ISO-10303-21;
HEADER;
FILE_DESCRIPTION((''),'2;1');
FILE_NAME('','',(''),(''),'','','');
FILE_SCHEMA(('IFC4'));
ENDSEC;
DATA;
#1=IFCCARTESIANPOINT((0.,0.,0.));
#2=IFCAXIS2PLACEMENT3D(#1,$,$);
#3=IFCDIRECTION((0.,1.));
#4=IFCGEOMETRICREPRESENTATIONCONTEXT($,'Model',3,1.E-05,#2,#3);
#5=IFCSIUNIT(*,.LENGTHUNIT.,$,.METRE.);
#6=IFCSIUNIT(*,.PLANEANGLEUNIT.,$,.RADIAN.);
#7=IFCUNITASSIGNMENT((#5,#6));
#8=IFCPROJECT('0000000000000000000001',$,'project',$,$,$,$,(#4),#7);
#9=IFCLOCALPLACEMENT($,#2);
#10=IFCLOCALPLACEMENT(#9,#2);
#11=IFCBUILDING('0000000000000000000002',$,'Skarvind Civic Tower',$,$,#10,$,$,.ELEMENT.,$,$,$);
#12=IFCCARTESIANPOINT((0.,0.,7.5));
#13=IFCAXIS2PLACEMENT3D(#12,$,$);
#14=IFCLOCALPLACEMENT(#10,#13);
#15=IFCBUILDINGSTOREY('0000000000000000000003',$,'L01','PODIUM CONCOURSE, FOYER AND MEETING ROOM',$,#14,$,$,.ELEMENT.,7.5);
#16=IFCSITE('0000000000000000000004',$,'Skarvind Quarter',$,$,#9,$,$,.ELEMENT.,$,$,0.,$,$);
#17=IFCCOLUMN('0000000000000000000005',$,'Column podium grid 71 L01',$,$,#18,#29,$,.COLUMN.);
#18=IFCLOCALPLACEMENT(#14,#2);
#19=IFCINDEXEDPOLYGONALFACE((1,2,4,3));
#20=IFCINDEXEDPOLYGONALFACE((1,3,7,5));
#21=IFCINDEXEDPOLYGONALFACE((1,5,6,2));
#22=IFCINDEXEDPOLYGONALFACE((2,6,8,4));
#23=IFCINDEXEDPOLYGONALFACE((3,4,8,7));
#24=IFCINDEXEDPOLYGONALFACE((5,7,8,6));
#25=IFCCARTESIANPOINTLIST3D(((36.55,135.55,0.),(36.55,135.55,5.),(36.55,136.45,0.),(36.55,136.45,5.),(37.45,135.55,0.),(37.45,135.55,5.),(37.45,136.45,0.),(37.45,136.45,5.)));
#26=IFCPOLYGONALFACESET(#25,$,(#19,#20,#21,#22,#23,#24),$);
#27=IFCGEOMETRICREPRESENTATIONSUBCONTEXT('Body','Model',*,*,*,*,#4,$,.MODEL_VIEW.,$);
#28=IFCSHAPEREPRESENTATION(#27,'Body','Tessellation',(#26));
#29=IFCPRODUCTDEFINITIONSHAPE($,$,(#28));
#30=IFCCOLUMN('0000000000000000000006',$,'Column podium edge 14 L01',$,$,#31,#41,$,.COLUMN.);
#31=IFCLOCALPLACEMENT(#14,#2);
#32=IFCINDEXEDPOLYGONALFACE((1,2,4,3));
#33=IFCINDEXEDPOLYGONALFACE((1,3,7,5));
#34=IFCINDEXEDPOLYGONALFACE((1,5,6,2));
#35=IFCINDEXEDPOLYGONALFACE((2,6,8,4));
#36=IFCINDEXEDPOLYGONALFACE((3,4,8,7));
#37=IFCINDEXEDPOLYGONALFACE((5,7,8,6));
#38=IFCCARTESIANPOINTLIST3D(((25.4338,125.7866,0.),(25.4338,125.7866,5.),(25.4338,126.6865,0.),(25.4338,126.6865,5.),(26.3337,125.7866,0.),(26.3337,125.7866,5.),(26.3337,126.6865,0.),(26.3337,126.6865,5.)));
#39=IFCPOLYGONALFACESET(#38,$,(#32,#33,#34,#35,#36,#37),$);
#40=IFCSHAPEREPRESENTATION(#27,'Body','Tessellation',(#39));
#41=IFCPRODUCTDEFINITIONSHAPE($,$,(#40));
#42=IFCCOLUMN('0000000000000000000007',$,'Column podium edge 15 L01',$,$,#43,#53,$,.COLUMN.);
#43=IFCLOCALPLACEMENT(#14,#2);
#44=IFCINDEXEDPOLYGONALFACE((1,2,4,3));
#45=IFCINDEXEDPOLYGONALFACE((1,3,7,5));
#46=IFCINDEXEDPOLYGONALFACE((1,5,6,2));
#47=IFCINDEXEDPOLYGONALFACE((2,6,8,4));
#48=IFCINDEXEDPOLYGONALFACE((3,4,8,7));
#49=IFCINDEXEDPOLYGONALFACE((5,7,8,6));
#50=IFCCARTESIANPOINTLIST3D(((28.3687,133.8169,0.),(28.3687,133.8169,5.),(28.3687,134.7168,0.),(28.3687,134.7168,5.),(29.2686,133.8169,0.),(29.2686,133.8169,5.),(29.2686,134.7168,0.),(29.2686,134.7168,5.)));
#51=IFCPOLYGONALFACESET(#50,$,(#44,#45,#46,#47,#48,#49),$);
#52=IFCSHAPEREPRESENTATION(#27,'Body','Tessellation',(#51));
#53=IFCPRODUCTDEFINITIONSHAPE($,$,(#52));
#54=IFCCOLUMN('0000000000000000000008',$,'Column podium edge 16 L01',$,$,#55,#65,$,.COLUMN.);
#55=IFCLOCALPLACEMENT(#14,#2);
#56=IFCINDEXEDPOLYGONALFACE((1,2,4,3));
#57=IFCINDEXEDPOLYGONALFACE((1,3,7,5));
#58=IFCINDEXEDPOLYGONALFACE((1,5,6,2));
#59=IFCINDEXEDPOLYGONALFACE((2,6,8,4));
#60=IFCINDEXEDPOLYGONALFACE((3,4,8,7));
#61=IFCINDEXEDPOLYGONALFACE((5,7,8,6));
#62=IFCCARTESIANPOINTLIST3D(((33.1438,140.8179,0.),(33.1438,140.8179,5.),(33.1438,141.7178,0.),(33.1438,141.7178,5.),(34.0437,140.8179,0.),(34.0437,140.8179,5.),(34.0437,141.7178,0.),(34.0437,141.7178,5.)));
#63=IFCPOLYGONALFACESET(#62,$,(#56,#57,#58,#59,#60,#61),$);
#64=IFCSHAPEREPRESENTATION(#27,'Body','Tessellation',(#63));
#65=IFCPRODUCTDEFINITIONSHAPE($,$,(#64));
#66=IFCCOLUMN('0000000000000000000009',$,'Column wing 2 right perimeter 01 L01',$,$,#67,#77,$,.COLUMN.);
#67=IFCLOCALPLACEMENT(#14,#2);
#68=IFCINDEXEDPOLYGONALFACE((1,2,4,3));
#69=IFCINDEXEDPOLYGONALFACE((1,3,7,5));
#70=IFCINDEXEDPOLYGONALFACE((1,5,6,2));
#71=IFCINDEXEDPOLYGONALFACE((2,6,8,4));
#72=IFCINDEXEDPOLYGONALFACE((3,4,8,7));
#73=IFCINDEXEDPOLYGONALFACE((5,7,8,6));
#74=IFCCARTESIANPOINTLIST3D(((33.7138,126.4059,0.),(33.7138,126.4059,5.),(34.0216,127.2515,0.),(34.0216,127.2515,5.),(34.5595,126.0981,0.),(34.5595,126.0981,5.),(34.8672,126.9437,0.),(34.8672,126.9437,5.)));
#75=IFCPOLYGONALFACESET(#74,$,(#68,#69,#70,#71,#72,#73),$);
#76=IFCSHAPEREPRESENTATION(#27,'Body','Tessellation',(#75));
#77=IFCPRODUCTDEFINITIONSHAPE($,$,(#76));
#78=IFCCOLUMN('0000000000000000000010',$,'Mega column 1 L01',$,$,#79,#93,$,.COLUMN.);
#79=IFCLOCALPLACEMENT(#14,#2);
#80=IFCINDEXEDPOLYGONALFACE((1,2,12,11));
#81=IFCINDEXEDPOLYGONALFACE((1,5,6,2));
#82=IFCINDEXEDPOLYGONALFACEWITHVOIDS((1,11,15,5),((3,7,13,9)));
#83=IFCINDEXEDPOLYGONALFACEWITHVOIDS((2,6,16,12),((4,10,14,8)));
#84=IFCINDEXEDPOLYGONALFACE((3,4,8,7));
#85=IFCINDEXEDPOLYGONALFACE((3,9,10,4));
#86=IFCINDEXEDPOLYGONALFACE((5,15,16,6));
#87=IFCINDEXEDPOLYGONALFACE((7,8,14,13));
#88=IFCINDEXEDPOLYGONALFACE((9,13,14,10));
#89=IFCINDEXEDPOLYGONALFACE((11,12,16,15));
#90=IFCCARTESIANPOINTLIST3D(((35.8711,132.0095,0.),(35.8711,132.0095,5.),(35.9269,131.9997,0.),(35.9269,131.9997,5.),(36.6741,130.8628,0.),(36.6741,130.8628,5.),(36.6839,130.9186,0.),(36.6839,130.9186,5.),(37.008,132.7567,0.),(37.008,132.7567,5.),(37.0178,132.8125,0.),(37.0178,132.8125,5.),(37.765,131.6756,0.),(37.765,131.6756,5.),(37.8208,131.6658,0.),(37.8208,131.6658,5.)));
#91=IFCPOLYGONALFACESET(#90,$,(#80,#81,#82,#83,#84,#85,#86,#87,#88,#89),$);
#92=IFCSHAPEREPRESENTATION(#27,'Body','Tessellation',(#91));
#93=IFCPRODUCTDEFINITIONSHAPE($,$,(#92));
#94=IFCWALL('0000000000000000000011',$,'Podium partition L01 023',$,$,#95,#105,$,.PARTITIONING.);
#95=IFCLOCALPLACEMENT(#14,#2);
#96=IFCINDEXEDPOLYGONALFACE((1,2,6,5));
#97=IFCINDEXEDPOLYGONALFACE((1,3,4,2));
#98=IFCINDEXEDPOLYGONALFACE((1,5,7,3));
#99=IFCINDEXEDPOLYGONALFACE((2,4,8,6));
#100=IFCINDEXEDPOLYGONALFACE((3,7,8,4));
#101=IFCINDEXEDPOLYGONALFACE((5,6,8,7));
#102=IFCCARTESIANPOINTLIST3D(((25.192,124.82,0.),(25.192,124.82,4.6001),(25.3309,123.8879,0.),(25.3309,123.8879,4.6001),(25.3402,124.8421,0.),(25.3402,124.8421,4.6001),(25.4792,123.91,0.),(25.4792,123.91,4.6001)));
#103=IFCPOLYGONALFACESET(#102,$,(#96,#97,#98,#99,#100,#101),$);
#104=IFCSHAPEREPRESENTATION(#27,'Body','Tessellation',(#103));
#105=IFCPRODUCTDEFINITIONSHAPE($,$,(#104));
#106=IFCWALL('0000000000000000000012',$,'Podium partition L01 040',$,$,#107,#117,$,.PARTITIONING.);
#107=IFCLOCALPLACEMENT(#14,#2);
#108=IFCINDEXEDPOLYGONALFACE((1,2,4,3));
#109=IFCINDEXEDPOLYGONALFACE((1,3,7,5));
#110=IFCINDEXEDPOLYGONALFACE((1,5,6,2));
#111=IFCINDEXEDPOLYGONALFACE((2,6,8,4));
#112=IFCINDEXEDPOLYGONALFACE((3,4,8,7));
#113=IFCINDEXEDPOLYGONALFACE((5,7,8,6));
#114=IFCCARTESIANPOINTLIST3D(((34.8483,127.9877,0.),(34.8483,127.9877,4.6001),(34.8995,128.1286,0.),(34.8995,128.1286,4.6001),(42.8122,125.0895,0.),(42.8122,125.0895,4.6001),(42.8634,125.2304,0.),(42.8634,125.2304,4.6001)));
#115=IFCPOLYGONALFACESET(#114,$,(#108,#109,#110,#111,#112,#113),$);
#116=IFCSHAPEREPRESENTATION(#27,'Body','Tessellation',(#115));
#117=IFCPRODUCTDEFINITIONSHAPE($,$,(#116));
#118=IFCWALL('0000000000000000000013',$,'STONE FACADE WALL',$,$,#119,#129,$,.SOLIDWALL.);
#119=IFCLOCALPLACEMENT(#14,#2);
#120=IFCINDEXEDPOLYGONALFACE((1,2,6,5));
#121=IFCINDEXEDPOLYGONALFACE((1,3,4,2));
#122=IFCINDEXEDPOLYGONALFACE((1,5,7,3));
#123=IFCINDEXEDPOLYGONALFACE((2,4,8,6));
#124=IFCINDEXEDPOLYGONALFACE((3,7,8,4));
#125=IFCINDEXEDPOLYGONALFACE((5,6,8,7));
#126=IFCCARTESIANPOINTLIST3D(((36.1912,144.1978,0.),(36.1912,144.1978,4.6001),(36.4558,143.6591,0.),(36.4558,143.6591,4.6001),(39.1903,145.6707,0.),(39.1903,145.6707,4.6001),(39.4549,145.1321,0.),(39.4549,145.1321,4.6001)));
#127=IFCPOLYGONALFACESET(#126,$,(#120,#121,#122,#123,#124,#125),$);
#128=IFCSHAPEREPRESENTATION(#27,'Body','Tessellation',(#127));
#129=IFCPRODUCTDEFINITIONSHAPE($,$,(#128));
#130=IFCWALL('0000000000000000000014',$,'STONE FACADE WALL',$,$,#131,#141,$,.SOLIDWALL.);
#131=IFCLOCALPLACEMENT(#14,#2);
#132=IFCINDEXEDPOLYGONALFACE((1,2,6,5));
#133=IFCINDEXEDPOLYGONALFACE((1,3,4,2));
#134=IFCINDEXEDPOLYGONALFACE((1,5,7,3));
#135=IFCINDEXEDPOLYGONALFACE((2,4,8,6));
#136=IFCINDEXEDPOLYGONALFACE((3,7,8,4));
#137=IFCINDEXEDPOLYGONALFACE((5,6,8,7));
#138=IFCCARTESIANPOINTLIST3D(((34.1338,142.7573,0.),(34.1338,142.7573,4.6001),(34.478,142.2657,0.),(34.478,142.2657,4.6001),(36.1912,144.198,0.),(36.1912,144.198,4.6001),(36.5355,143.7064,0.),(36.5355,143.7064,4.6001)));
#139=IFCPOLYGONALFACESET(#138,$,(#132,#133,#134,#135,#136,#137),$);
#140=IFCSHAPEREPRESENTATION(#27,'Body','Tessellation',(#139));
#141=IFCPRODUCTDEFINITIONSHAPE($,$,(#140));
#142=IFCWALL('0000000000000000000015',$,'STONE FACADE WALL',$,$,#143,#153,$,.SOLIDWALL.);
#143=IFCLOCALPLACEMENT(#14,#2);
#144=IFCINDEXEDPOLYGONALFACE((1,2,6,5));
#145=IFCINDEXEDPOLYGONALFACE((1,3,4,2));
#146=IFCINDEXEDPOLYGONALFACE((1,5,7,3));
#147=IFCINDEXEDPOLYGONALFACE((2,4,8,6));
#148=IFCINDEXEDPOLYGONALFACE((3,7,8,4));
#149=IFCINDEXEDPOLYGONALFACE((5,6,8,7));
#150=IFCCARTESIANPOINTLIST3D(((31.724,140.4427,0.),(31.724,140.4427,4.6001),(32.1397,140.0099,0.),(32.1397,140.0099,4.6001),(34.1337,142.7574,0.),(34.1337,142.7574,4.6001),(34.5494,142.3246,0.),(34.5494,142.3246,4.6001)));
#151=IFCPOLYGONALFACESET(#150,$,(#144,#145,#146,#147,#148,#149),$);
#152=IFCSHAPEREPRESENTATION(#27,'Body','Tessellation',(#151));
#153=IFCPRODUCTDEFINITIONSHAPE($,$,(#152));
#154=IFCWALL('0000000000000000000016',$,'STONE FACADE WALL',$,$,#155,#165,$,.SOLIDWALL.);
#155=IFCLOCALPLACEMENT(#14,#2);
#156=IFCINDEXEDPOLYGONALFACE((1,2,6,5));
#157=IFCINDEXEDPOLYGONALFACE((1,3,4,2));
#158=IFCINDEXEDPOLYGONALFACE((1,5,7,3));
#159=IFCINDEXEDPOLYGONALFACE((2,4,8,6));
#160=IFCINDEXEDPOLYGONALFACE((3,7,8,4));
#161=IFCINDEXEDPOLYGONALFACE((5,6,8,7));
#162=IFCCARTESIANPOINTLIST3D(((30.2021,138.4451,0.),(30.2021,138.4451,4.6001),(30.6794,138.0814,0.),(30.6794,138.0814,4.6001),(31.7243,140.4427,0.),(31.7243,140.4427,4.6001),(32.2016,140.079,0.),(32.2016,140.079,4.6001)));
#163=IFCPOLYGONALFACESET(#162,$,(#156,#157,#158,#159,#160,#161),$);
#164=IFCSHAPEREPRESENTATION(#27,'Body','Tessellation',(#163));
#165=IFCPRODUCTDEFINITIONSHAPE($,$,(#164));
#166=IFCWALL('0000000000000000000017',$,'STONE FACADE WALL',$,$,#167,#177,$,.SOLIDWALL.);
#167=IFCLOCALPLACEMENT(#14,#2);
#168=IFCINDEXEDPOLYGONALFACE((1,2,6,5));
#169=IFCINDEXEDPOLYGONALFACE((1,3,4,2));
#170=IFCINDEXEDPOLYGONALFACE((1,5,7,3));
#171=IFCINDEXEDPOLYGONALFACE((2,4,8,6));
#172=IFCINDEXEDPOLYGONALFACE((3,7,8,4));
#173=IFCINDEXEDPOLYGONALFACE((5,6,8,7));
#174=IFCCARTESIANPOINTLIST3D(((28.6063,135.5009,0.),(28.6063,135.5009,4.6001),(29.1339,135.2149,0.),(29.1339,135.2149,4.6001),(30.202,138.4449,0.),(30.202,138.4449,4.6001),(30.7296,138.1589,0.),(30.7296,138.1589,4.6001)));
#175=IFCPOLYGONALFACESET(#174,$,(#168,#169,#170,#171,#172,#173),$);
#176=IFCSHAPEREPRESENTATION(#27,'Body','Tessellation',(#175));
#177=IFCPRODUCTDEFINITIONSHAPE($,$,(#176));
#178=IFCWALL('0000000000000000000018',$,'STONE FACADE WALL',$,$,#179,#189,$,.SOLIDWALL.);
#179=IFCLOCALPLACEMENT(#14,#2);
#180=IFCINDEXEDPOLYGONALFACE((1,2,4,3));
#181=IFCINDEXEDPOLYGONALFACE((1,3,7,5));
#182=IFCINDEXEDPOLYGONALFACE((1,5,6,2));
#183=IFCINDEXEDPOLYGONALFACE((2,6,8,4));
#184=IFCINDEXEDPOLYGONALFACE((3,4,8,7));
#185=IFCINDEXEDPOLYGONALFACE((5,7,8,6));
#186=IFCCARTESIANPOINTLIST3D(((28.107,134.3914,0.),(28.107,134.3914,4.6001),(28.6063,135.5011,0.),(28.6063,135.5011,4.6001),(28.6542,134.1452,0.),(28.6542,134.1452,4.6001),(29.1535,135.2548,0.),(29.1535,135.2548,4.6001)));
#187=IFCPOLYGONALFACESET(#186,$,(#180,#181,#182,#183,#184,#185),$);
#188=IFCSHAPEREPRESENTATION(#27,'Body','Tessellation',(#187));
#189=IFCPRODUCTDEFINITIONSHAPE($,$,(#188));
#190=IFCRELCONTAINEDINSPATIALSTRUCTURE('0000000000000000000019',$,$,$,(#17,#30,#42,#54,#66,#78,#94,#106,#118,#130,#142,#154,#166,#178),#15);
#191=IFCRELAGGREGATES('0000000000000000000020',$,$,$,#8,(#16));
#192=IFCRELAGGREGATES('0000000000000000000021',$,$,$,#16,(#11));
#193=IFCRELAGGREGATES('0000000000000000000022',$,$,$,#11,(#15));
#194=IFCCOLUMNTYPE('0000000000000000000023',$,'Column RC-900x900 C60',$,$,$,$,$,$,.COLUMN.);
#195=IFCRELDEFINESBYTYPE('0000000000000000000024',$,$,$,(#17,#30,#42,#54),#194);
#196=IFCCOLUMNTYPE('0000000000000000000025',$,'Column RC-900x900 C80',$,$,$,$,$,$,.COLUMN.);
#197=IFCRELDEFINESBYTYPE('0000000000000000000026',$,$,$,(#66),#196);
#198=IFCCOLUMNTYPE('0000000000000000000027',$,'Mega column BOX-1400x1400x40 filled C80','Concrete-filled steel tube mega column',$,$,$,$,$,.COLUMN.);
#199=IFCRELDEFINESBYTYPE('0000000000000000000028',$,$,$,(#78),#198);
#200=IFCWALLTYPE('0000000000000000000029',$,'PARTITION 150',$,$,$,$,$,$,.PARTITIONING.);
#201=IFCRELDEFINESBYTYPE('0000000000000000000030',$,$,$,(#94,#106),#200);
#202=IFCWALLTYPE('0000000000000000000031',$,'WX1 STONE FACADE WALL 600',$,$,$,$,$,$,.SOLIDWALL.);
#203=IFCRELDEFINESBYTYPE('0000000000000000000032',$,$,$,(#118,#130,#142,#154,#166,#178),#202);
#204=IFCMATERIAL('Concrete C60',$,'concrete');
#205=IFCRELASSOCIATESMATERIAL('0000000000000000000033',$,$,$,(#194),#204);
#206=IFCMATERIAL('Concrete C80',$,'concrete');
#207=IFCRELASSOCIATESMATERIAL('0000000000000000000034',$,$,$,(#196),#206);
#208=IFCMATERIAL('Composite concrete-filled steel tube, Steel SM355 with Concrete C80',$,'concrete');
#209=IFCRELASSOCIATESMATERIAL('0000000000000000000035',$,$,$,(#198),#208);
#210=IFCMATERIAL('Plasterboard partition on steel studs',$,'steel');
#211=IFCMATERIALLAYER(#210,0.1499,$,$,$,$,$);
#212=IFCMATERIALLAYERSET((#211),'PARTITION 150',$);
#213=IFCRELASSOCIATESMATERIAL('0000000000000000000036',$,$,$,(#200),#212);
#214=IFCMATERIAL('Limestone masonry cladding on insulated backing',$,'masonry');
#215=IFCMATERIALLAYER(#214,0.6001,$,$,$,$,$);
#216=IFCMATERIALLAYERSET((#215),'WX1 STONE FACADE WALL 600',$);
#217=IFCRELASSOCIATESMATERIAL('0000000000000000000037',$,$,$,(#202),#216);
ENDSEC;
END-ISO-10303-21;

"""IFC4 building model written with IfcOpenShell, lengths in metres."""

from ifc_helpers import new_model, si_unit, direction, frame, frame_2d, origin, origin_2d, place, context, subcontext, project, spatial, rectangle, hollow_rectangle, extrude, material, layer, layer_set, material_profile, profile_set, type_object, element, save


model = new_model("IFC4")

# Units and contexts
model_context = context("Model", 3, precision=1e-05, world=origin(), true_north=direction((0.0, 1.0)))
body_context = subcontext(model_context, "Body", "Model", "MODEL_VIEW")
ifc_project = project(units=[si_unit("LENGTHUNIT", "METRE"), si_unit("PLANEANGLEUNIT", "RADIAN")], contexts=[model_context])

# Site, building, storey
site_placement = place(None, origin())
site = spatial("IfcSite", under=ifc_project, at=site_placement, Name="Skarvind Quarter", CompositionType="ELEMENT", RefElevation=0.0)
building_placement = place(site_placement, origin())
building = spatial("IfcBuilding", under=site, at=building_placement, Name="Skarvind Civic Tower", CompositionType="ELEMENT")
storey_placement = place(building_placement, frame((0.0, 0.0, 7.5)))
storey = spatial("IfcBuildingStorey", under=building, at=storey_placement, Name="L01", Description="PODIUM CONCOURSE, FOYER AND MEETING ROOM", CompositionType="ELEMENT", Elevation=7.5)

# Columns
ifc_material_1 = material(Name="Concrete C60", Category="concrete")
ifc_material_profile_1 = material_profile(ifc_material_1, rectangle(XDim=0.8999, YDim=0.8999, at=origin_2d()), Name="RC-900x900")
ifc_profile_set_1 = profile_set([ifc_material_profile_1], Name="Concrete C60")
column_type_1 = type_object("IfcColumnType", Name="Column RC-900x900 C60", PredefinedType="COLUMN", material=ifc_profile_set_1)
for number, where, z_axis, x_axis, name in (
    (1, (37.0, 136.0, 0.0), (0.0, 0.0, 1.0), (1.0, 0.0, 0.0), "Column podium grid 71 L01"),
    (2, (25.8838, 126.2366, 0.0), (0.0, 0.0, 1.0), (1.0, 0.0, 0.0), "Column podium edge 14 L01"),
    (3, (28.8186, 134.2668, 0.0), (0.0, 0.0, 1.0), (1.0, 0.0, 0.0), "Column podium edge 15 L01"),
    (4, (33.5938, 141.2678, 0.0), (0.0, 0.0, 1.0), (1.0, 0.0, 0.0), "Column podium edge 16 L01"),
):
    element("IfcColumn", number, at=place(storey_placement, frame(where, z_axis=z_axis, x_axis=x_axis)), inside=storey, type_object=column_type_1, Name=name, PredefinedType="COLUMN", context=body_context, shape_type="SweptSolid", body=[
        extrude(rectangle(XDim=0.8999, YDim=0.8999, at=origin_2d()), origin(), (0.0, 0.0, 1.0), 5.0),
    ])
ifc_material_2 = material(Name="Concrete C80", Category="concrete")
ifc_material_profile_2 = material_profile(ifc_material_2, rectangle(XDim=0.8999, YDim=0.8999, at=origin_2d()), Name="RC-900x900")
ifc_profile_set_2 = profile_set([ifc_material_profile_2], Name="Concrete C80")
column_type_2 = type_object("IfcColumnType", Name="Column RC-900x900 C80", PredefinedType="COLUMN", material=ifc_profile_set_2)
column_1_placement = place(storey_placement, frame((34.2905, 126.6748, 0.0), z_axis=(0.0, 0.0, 1.0), x_axis=(-0.34202, -0.939693, 0.0)))
element("IfcColumn", 5, at=column_1_placement, inside=storey, type_object=column_type_2, Name="Column wing 2 right perimeter 01 L01", PredefinedType="COLUMN", context=body_context, shape_type="SweptSolid", body=[
    extrude(rectangle(XDim=0.8999, YDim=0.8999, at=origin_2d()), origin(), (0.0, 0.0, 1.0), 5.0),
])
ifc_material_3 = material(Name="Composite concrete-filled steel tube, Steel SM355 with Concrete C80", Category="concrete")
ifc_material_profile_3 = material_profile(ifc_material_3, hollow_rectangle(XDim=1.3999, YDim=1.3999, WallThickness=0.04, at=origin_2d()), Name="BOX-1400x1400x40")
ifc_profile_set_3 = profile_set([ifc_material_profile_3], Name="Composite concrete-filled steel tube, Steel SM355 with Concrete C80")
column_type_3 = type_object("IfcColumnType", Name="Mega column BOX-1400x1400x40 filled C80", Description="Concrete-filled steel tube mega column", PredefinedType="COLUMN", material=ifc_profile_set_3)
column_2_placement = place(storey_placement, frame((36.8459, 131.8376, 0.0), z_axis=(0.0, 0.0, 1.0), x_axis=(0.573576, -0.819152, 0.0)))
element("IfcColumn", 6, at=column_2_placement, inside=storey, type_object=column_type_3, Name="Mega column 1 L01", PredefinedType="COLUMN", context=body_context, shape_type="SweptSolid", body=[
    extrude(hollow_rectangle(XDim=1.3999, YDim=1.3999, WallThickness=0.04, at=origin_2d()), origin(), (0.0, 0.0, 1.0), 5.0),
])

# Walls
ifc_material_4 = material(Name="Plasterboard partition on steel studs", Category="steel")
ifc_layer_1 = layer(ifc_material_4, 0.1499)
ifc_layer_set_1 = layer_set([ifc_layer_1], Name="PARTITION 150")
wall_type_1 = type_object("IfcWallType", Name="PARTITION 150", PredefinedType="PARTITIONING", material=ifc_layer_set_1)
wall_1_placement = place(storey_placement, frame((25.2661, 124.8311, 0.0), z_axis=(0.0, 0.0, 1.0), x_axis=(0.147403, -0.989077, 0.0)))
element("IfcWall", 7, at=wall_1_placement, inside=storey, type_object=wall_type_1, Name="Podium partition L01 023", PredefinedType="PARTITIONING", context=body_context, shape_type="SweptSolid", body=[
    extrude(rectangle(XDim=0.9424, YDim=0.1499, at=frame_2d((0.4712, 0.0))), origin(), (0.0, 0.0, 1.0), 4.6001),
])
wall_2_placement = place(storey_placement, frame((34.874, 128.0581, 0.0), z_axis=(0.0, 0.0, 1.0), x_axis=(0.939708, -0.341977, 0.0)))
element("IfcWall", 8, at=wall_2_placement, inside=storey, type_object=wall_type_1, Name="Podium partition L01 040", PredefinedType="PARTITIONING", context=body_context, shape_type="SweptSolid", body=[
    extrude(rectangle(XDim=8.4749, YDim=0.1499, at=frame_2d((4.2373, 0.0))), origin(), (0.0, 0.0, 1.0), 4.6001),
])
ifc_material_5 = material(Name="Limestone masonry cladding on insulated backing", Category="masonry")
ifc_layer_2 = layer(ifc_material_5, 0.6001)
ifc_layer_set_2 = layer_set([ifc_layer_2], Name="WX1 STONE FACADE WALL 600")
wall_type_2 = type_object("IfcWallType", Name="WX1 STONE FACADE WALL 600", PredefinedType="SOLIDWALL", material=ifc_layer_set_2)
wall_3_placement = place(storey_placement, frame((36.3235, 143.9285, 0.0), z_axis=(0.0, 0.0, 1.0), x_axis=(0.89759, 0.440831, 0.0)))
element("IfcWall", 9, at=wall_3_placement, inside=storey, type_object=wall_type_2, Name="STONE FACADE WALL", PredefinedType="SOLIDWALL", context=body_context, shape_type="SweptSolid", body=[
    extrude(rectangle(XDim=3.3413, YDim=0.6001, at=frame_2d((1.6707, 0.0))), origin(), (0.0, 0.0, 1.0), 4.6001),
])
wall_4_placement = place(storey_placement, frame((34.3059, 142.5115, 0.0), z_axis=(0.0, 0.0, 1.0), x_axis=(0.819136, 0.573599, 0.0)))
element("IfcWall", 10, at=wall_4_placement, inside=storey, type_object=wall_type_2, Name="STONE FACADE WALL", PredefinedType="SOLIDWALL", context=body_context, shape_type="SweptSolid", body=[
    extrude(rectangle(XDim=2.5117, YDim=0.6001, at=frame_2d((1.2559, 0.0))), origin(), (0.0, 0.0, 1.0), 4.6001),
])
wall_5_placement = place(storey_placement, frame((31.9319, 140.2263, 0.0), z_axis=(0.0, 0.0, 1.0), x_axis=(0.721176, 0.692752, 0.0)))
element("IfcWall", 11, at=wall_5_placement, inside=storey, type_object=wall_type_2, Name="STONE FACADE WALL", PredefinedType="SOLIDWALL", context=body_context, shape_type="SweptSolid", body=[
    extrude(rectangle(XDim=3.3413, YDim=0.6001, at=frame_2d((1.6707, 0.0))), origin(), (0.0, 0.0, 1.0), 4.6001),
])
wall_6_placement = place(storey_placement, frame((30.4407, 138.2632, 0.0), z_axis=(0.0, 0.0, 1.0), x_axis=(0.606111, 0.79538, 0.0)))
element("IfcWall", 12, at=wall_6_placement, inside=storey, type_object=wall_type_2, Name="STONE FACADE WALL", PredefinedType="SOLIDWALL", context=body_context, shape_type="SweptSolid", body=[
    extrude(rectangle(XDim=2.5115, YDim=0.6001, at=frame_2d((1.2559, 0.0))), origin(), (0.0, 0.0, 1.0), 4.6001),
])
wall_7_placement = place(storey_placement, frame((28.8701, 135.3579, 0.0), z_axis=(0.0, 0.0, 1.0), x_axis=(0.476511, 0.879169, 0.0)))
element("IfcWall", 13, at=wall_7_placement, inside=storey, type_object=wall_type_2, Name="STONE FACADE WALL", PredefinedType="SOLIDWALL", context=body_context, shape_type="SweptSolid", body=[
    extrude(rectangle(XDim=3.3486, YDim=0.6001, at=frame_2d((1.6743, 0.0))), origin(), (0.0, 0.0, 1.0), 4.6001),
])
wall_8_placement = place(storey_placement, frame((28.3806, 134.2683, 0.0), z_axis=(0.0, 0.0, 1.0), x_axis=(0.410323, 0.91194, 0.0)))
element("IfcWall", 14, at=wall_8_placement, inside=storey, type_object=wall_type_2, Name="STONE FACADE WALL", PredefinedType="SOLIDWALL", context=body_context, shape_type="SweptSolid", body=[
    extrude(rectangle(XDim=1.2168, YDim=0.6001, at=frame_2d((0.6084, 0.0))), origin(), (0.0, 0.0, 1.0), 4.6001),
])

save(model, "model.ifc")
